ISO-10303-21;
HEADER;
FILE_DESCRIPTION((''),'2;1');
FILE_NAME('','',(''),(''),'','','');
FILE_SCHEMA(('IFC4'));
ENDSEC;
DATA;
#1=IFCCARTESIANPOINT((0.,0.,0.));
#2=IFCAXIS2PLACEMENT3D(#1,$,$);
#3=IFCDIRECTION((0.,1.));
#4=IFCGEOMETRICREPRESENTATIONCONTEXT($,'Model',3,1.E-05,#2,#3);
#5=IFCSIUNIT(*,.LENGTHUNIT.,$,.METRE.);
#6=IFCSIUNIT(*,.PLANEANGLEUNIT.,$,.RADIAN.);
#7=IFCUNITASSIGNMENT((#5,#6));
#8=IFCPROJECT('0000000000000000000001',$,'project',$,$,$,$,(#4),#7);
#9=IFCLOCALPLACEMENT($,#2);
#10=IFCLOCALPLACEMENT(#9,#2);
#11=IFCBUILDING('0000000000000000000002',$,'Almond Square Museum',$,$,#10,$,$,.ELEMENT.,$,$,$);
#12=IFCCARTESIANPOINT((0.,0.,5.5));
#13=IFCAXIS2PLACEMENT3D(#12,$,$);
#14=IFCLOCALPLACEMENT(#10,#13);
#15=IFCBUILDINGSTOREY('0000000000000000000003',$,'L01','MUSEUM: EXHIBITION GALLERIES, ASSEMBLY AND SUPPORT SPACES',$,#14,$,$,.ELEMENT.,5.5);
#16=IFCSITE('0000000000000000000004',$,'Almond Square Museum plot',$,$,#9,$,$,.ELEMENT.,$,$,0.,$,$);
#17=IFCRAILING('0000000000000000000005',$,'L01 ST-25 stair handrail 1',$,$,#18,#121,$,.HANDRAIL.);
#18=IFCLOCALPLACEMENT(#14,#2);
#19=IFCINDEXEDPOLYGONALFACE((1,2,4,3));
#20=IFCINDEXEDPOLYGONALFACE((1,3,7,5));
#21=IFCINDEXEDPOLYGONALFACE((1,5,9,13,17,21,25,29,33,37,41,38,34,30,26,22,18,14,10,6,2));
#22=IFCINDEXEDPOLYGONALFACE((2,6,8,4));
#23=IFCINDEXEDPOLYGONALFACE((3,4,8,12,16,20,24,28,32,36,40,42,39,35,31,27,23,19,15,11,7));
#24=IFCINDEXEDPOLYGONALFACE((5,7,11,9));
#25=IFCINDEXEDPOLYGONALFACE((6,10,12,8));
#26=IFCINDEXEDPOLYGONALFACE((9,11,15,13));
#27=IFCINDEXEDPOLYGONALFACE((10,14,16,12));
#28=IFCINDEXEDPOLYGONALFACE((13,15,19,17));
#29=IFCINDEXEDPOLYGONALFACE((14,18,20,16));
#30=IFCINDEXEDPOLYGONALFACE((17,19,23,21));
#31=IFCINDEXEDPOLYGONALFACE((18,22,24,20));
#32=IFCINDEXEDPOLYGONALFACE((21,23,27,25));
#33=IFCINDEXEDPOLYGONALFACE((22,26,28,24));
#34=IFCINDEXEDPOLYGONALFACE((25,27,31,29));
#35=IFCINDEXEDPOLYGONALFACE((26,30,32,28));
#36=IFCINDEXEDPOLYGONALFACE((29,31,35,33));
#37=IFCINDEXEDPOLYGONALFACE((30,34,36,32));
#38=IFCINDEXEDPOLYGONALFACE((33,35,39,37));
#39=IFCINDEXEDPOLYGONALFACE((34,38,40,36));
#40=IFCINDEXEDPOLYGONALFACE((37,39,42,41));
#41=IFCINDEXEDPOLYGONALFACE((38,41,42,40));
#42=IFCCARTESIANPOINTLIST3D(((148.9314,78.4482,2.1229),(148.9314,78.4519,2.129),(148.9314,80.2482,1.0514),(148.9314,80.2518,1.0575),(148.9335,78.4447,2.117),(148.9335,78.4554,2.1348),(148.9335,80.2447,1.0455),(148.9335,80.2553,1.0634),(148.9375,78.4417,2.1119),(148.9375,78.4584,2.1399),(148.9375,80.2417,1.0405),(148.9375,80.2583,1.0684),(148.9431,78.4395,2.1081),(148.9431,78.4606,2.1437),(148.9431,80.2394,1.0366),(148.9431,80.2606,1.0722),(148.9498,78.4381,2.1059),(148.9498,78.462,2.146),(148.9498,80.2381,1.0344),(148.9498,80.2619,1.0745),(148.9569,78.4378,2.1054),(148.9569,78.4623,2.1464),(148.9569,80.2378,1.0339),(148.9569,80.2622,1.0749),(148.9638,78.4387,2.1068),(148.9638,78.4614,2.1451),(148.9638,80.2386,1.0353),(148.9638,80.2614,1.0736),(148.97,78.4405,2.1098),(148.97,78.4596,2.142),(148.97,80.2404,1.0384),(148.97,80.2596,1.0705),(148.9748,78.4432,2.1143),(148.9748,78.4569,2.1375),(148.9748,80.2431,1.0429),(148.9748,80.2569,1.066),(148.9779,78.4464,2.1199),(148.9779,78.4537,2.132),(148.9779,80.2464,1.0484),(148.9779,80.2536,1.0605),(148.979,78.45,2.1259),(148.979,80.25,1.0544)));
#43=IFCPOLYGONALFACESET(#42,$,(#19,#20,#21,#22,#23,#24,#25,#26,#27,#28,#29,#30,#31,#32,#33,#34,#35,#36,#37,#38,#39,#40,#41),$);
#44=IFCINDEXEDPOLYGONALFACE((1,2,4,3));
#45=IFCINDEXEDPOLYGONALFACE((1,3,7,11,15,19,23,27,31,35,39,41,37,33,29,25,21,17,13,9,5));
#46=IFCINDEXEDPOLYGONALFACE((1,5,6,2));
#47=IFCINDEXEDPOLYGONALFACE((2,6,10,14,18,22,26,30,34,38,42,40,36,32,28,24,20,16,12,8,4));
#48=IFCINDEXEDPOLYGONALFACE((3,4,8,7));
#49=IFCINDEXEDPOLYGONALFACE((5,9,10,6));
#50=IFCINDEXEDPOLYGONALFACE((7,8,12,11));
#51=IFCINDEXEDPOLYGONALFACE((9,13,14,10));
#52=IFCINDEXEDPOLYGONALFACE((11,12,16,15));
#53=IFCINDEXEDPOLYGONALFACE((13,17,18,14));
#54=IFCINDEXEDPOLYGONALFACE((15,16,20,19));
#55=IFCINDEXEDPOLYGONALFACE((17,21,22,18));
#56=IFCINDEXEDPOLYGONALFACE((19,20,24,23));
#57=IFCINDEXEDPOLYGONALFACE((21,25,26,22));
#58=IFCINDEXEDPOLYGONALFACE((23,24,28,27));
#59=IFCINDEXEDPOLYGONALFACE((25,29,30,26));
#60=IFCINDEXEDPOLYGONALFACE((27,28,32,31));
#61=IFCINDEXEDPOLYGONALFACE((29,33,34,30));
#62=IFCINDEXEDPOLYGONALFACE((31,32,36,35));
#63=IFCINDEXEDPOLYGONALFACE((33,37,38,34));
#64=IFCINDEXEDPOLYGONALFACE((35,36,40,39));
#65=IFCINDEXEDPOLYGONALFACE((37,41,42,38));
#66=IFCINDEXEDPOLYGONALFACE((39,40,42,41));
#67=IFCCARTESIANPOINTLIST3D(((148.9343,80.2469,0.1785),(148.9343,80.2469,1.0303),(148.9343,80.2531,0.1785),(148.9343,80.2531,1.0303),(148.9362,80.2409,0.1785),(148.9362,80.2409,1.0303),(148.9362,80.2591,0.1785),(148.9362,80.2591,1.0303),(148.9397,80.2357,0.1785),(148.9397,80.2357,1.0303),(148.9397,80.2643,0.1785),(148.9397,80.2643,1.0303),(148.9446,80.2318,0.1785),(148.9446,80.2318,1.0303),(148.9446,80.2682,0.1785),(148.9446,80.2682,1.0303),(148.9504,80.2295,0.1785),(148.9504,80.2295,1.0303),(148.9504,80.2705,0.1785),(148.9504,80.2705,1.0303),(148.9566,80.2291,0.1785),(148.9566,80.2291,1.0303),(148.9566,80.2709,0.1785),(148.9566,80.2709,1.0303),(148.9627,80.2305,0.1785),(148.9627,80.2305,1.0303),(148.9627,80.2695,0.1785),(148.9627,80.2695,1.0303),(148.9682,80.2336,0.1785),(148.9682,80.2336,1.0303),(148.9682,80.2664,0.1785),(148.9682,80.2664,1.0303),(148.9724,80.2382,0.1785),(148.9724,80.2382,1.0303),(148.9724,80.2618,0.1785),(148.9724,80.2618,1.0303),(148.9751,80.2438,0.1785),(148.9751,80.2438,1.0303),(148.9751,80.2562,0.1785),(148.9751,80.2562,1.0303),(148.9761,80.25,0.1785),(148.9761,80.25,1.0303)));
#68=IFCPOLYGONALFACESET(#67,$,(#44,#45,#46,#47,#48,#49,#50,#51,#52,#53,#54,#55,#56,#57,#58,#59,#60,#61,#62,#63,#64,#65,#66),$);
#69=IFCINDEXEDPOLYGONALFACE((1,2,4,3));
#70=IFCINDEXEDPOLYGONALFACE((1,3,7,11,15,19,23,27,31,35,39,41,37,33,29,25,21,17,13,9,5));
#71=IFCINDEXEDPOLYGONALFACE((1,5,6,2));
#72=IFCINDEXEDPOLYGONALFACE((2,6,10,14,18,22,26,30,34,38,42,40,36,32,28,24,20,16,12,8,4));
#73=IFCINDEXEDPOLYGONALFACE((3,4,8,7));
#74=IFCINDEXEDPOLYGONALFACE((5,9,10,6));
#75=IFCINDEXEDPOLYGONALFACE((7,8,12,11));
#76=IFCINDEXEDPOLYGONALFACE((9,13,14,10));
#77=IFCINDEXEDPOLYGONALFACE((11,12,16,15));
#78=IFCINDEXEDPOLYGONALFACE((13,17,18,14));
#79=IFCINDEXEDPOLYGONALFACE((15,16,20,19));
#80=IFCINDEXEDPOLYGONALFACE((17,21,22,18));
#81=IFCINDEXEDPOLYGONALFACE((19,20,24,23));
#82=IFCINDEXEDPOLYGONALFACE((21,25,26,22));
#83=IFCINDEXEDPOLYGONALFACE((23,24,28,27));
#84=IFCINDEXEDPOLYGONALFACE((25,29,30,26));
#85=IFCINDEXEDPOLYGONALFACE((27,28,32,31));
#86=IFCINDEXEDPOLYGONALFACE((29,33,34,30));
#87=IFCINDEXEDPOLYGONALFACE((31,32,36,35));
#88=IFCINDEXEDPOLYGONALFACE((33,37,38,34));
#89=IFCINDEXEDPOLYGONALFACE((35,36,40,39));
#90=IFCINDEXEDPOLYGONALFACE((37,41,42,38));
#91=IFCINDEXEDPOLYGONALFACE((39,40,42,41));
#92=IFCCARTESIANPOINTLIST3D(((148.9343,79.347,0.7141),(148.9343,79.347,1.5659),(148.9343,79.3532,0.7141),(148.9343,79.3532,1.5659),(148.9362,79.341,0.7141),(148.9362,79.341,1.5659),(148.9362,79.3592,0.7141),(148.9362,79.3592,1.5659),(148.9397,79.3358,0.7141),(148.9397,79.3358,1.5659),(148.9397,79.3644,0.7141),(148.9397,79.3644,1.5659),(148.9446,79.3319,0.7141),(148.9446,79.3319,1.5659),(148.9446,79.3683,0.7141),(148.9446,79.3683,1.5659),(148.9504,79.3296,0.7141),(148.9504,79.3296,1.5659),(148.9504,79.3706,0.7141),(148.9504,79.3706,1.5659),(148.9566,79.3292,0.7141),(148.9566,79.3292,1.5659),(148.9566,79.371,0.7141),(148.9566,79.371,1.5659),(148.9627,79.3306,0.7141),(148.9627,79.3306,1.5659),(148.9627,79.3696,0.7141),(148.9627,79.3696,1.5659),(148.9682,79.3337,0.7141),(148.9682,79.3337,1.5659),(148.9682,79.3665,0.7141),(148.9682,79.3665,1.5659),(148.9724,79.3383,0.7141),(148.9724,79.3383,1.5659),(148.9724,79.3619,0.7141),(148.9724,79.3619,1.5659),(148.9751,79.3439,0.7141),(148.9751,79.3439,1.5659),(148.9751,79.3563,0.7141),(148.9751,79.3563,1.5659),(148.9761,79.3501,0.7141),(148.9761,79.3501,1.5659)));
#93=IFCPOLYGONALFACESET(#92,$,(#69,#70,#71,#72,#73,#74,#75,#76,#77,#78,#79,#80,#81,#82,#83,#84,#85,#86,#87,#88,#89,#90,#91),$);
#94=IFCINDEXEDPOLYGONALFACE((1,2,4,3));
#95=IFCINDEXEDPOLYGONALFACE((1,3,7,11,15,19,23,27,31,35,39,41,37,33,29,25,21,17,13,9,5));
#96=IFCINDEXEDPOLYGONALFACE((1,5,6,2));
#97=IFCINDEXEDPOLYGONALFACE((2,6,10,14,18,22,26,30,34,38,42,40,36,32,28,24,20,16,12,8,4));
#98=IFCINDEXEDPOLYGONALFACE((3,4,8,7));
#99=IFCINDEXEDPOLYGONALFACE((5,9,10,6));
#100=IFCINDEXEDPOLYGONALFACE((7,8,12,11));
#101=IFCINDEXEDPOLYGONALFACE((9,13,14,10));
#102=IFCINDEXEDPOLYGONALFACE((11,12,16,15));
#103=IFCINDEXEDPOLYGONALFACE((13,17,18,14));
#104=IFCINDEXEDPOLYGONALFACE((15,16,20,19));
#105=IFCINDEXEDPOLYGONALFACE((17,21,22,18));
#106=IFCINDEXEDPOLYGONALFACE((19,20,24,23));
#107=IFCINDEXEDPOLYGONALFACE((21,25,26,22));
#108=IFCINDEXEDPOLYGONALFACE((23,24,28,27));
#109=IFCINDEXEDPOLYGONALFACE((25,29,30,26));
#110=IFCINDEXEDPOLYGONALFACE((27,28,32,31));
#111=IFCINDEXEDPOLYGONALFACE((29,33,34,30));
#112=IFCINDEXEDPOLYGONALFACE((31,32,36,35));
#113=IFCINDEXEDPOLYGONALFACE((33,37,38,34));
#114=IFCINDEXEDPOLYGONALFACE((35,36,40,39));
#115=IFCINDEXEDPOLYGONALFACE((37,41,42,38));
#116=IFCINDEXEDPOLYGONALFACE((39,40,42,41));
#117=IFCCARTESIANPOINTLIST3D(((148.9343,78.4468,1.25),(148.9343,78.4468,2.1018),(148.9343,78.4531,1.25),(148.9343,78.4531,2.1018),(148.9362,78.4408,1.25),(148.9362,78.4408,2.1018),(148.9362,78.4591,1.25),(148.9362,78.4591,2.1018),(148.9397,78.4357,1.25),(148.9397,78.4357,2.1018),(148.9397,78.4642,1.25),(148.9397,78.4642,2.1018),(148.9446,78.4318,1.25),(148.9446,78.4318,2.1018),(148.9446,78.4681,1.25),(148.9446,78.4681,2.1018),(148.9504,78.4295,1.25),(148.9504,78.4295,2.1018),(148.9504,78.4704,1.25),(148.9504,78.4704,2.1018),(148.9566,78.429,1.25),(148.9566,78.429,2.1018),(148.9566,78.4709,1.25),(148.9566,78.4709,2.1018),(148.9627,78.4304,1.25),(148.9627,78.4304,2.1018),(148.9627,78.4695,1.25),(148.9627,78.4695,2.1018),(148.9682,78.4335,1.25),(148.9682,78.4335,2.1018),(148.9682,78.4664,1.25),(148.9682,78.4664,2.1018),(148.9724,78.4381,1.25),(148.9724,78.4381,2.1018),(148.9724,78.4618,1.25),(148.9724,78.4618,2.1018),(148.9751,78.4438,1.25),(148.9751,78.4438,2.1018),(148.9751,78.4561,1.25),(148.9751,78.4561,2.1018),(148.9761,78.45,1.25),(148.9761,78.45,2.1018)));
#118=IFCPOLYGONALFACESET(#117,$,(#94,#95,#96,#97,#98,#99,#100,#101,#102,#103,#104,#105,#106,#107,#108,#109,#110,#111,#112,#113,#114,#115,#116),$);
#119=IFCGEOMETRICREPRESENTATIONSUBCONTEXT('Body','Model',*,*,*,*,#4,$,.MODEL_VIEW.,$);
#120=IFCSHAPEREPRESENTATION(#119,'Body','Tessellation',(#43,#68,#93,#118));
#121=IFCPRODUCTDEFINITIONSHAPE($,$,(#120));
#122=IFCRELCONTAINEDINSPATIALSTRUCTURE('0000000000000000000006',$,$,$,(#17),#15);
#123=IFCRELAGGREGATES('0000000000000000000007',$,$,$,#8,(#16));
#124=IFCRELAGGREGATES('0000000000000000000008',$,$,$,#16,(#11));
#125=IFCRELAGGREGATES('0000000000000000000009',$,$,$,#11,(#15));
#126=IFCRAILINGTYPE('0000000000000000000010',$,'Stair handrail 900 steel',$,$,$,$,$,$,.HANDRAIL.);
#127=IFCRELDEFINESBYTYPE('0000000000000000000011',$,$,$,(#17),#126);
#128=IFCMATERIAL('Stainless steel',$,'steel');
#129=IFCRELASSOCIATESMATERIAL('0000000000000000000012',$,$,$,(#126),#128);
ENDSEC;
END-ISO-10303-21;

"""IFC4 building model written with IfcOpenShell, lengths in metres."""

from ifc_helpers import new_model, si_unit, direction, frame, origin, origin_2d, place, context, subcontext, project, spatial, circle, extrude, material, type_object, element, save


model = new_model("IFC4")

# Units and contexts
model_context = context("Model", 3, precision=1e-05, world=origin(), true_north=direction((0.0, 1.0)))
body_context = subcontext(model_context, "Body", "Model", "MODEL_VIEW")
ifc_project = project(units=[si_unit("LENGTHUNIT", "METRE"), si_unit("PLANEANGLEUNIT", "RADIAN")], contexts=[model_context])

# Site, building, storey
site_placement = place(None, origin())
site = spatial("IfcSite", under=ifc_project, at=site_placement, Name="Almond Square Museum plot", CompositionType="ELEMENT", RefElevation=0.0)
building_placement = place(site_placement, origin())
building = spatial("IfcBuilding", under=site, at=building_placement, Name="Almond Square Museum", CompositionType="ELEMENT")
storey_placement = place(building_placement, frame((0.0, 0.0, 5.5)))
storey = spatial("IfcBuildingStorey", under=building, at=storey_placement, Name="L01", Description="MUSEUM: EXHIBITION GALLERIES, ASSEMBLY AND SUPPORT SPACES", CompositionType="ELEMENT", Elevation=5.5)

# Railing
ifc_material_1 = material(Name="Stainless steel", Category="steel")
railing_type_1 = type_object("IfcRailingType", Name="Stair handrail 900 steel", PredefinedType="HANDRAIL", material=ifc_material_1)
railing_1_placement = place(storey_placement, frame((148.9551, 80.25, 0.1785)))
element("IfcRailing", 1, at=railing_1_placement, inside=storey, type_object=railing_type_1, Name="L01 ST-25 stair handrail 1", PredefinedType="HANDRAIL", context=body_context, shape_type="SweptSolid", body=[
    extrude(circle(Radius=0.0239, at=origin_2d()), frame((0.0, 0.0, 0.876), z_axis=(0.0, -0.859277, 0.51151), x_axis=(1.0, 0.0, 0.0)), (0.0, 0.0, 1.0), 2.0947),
    extrude(circle(Radius=0.021, at=origin_2d()), origin(), (0.0, 0.0, 1.0), 0.8518),
    extrude(circle(Radius=0.021, at=origin_2d()), frame((0.0, -0.8999, 0.5356)), (0.0, 0.0, 1.0), 0.8518),
    extrude(circle(Radius=0.021, at=origin_2d()), frame((0.0, -1.8, 1.0715)), (0.0, 0.0, 1.0), 0.8518),
])

save(model, "model.ifc")
